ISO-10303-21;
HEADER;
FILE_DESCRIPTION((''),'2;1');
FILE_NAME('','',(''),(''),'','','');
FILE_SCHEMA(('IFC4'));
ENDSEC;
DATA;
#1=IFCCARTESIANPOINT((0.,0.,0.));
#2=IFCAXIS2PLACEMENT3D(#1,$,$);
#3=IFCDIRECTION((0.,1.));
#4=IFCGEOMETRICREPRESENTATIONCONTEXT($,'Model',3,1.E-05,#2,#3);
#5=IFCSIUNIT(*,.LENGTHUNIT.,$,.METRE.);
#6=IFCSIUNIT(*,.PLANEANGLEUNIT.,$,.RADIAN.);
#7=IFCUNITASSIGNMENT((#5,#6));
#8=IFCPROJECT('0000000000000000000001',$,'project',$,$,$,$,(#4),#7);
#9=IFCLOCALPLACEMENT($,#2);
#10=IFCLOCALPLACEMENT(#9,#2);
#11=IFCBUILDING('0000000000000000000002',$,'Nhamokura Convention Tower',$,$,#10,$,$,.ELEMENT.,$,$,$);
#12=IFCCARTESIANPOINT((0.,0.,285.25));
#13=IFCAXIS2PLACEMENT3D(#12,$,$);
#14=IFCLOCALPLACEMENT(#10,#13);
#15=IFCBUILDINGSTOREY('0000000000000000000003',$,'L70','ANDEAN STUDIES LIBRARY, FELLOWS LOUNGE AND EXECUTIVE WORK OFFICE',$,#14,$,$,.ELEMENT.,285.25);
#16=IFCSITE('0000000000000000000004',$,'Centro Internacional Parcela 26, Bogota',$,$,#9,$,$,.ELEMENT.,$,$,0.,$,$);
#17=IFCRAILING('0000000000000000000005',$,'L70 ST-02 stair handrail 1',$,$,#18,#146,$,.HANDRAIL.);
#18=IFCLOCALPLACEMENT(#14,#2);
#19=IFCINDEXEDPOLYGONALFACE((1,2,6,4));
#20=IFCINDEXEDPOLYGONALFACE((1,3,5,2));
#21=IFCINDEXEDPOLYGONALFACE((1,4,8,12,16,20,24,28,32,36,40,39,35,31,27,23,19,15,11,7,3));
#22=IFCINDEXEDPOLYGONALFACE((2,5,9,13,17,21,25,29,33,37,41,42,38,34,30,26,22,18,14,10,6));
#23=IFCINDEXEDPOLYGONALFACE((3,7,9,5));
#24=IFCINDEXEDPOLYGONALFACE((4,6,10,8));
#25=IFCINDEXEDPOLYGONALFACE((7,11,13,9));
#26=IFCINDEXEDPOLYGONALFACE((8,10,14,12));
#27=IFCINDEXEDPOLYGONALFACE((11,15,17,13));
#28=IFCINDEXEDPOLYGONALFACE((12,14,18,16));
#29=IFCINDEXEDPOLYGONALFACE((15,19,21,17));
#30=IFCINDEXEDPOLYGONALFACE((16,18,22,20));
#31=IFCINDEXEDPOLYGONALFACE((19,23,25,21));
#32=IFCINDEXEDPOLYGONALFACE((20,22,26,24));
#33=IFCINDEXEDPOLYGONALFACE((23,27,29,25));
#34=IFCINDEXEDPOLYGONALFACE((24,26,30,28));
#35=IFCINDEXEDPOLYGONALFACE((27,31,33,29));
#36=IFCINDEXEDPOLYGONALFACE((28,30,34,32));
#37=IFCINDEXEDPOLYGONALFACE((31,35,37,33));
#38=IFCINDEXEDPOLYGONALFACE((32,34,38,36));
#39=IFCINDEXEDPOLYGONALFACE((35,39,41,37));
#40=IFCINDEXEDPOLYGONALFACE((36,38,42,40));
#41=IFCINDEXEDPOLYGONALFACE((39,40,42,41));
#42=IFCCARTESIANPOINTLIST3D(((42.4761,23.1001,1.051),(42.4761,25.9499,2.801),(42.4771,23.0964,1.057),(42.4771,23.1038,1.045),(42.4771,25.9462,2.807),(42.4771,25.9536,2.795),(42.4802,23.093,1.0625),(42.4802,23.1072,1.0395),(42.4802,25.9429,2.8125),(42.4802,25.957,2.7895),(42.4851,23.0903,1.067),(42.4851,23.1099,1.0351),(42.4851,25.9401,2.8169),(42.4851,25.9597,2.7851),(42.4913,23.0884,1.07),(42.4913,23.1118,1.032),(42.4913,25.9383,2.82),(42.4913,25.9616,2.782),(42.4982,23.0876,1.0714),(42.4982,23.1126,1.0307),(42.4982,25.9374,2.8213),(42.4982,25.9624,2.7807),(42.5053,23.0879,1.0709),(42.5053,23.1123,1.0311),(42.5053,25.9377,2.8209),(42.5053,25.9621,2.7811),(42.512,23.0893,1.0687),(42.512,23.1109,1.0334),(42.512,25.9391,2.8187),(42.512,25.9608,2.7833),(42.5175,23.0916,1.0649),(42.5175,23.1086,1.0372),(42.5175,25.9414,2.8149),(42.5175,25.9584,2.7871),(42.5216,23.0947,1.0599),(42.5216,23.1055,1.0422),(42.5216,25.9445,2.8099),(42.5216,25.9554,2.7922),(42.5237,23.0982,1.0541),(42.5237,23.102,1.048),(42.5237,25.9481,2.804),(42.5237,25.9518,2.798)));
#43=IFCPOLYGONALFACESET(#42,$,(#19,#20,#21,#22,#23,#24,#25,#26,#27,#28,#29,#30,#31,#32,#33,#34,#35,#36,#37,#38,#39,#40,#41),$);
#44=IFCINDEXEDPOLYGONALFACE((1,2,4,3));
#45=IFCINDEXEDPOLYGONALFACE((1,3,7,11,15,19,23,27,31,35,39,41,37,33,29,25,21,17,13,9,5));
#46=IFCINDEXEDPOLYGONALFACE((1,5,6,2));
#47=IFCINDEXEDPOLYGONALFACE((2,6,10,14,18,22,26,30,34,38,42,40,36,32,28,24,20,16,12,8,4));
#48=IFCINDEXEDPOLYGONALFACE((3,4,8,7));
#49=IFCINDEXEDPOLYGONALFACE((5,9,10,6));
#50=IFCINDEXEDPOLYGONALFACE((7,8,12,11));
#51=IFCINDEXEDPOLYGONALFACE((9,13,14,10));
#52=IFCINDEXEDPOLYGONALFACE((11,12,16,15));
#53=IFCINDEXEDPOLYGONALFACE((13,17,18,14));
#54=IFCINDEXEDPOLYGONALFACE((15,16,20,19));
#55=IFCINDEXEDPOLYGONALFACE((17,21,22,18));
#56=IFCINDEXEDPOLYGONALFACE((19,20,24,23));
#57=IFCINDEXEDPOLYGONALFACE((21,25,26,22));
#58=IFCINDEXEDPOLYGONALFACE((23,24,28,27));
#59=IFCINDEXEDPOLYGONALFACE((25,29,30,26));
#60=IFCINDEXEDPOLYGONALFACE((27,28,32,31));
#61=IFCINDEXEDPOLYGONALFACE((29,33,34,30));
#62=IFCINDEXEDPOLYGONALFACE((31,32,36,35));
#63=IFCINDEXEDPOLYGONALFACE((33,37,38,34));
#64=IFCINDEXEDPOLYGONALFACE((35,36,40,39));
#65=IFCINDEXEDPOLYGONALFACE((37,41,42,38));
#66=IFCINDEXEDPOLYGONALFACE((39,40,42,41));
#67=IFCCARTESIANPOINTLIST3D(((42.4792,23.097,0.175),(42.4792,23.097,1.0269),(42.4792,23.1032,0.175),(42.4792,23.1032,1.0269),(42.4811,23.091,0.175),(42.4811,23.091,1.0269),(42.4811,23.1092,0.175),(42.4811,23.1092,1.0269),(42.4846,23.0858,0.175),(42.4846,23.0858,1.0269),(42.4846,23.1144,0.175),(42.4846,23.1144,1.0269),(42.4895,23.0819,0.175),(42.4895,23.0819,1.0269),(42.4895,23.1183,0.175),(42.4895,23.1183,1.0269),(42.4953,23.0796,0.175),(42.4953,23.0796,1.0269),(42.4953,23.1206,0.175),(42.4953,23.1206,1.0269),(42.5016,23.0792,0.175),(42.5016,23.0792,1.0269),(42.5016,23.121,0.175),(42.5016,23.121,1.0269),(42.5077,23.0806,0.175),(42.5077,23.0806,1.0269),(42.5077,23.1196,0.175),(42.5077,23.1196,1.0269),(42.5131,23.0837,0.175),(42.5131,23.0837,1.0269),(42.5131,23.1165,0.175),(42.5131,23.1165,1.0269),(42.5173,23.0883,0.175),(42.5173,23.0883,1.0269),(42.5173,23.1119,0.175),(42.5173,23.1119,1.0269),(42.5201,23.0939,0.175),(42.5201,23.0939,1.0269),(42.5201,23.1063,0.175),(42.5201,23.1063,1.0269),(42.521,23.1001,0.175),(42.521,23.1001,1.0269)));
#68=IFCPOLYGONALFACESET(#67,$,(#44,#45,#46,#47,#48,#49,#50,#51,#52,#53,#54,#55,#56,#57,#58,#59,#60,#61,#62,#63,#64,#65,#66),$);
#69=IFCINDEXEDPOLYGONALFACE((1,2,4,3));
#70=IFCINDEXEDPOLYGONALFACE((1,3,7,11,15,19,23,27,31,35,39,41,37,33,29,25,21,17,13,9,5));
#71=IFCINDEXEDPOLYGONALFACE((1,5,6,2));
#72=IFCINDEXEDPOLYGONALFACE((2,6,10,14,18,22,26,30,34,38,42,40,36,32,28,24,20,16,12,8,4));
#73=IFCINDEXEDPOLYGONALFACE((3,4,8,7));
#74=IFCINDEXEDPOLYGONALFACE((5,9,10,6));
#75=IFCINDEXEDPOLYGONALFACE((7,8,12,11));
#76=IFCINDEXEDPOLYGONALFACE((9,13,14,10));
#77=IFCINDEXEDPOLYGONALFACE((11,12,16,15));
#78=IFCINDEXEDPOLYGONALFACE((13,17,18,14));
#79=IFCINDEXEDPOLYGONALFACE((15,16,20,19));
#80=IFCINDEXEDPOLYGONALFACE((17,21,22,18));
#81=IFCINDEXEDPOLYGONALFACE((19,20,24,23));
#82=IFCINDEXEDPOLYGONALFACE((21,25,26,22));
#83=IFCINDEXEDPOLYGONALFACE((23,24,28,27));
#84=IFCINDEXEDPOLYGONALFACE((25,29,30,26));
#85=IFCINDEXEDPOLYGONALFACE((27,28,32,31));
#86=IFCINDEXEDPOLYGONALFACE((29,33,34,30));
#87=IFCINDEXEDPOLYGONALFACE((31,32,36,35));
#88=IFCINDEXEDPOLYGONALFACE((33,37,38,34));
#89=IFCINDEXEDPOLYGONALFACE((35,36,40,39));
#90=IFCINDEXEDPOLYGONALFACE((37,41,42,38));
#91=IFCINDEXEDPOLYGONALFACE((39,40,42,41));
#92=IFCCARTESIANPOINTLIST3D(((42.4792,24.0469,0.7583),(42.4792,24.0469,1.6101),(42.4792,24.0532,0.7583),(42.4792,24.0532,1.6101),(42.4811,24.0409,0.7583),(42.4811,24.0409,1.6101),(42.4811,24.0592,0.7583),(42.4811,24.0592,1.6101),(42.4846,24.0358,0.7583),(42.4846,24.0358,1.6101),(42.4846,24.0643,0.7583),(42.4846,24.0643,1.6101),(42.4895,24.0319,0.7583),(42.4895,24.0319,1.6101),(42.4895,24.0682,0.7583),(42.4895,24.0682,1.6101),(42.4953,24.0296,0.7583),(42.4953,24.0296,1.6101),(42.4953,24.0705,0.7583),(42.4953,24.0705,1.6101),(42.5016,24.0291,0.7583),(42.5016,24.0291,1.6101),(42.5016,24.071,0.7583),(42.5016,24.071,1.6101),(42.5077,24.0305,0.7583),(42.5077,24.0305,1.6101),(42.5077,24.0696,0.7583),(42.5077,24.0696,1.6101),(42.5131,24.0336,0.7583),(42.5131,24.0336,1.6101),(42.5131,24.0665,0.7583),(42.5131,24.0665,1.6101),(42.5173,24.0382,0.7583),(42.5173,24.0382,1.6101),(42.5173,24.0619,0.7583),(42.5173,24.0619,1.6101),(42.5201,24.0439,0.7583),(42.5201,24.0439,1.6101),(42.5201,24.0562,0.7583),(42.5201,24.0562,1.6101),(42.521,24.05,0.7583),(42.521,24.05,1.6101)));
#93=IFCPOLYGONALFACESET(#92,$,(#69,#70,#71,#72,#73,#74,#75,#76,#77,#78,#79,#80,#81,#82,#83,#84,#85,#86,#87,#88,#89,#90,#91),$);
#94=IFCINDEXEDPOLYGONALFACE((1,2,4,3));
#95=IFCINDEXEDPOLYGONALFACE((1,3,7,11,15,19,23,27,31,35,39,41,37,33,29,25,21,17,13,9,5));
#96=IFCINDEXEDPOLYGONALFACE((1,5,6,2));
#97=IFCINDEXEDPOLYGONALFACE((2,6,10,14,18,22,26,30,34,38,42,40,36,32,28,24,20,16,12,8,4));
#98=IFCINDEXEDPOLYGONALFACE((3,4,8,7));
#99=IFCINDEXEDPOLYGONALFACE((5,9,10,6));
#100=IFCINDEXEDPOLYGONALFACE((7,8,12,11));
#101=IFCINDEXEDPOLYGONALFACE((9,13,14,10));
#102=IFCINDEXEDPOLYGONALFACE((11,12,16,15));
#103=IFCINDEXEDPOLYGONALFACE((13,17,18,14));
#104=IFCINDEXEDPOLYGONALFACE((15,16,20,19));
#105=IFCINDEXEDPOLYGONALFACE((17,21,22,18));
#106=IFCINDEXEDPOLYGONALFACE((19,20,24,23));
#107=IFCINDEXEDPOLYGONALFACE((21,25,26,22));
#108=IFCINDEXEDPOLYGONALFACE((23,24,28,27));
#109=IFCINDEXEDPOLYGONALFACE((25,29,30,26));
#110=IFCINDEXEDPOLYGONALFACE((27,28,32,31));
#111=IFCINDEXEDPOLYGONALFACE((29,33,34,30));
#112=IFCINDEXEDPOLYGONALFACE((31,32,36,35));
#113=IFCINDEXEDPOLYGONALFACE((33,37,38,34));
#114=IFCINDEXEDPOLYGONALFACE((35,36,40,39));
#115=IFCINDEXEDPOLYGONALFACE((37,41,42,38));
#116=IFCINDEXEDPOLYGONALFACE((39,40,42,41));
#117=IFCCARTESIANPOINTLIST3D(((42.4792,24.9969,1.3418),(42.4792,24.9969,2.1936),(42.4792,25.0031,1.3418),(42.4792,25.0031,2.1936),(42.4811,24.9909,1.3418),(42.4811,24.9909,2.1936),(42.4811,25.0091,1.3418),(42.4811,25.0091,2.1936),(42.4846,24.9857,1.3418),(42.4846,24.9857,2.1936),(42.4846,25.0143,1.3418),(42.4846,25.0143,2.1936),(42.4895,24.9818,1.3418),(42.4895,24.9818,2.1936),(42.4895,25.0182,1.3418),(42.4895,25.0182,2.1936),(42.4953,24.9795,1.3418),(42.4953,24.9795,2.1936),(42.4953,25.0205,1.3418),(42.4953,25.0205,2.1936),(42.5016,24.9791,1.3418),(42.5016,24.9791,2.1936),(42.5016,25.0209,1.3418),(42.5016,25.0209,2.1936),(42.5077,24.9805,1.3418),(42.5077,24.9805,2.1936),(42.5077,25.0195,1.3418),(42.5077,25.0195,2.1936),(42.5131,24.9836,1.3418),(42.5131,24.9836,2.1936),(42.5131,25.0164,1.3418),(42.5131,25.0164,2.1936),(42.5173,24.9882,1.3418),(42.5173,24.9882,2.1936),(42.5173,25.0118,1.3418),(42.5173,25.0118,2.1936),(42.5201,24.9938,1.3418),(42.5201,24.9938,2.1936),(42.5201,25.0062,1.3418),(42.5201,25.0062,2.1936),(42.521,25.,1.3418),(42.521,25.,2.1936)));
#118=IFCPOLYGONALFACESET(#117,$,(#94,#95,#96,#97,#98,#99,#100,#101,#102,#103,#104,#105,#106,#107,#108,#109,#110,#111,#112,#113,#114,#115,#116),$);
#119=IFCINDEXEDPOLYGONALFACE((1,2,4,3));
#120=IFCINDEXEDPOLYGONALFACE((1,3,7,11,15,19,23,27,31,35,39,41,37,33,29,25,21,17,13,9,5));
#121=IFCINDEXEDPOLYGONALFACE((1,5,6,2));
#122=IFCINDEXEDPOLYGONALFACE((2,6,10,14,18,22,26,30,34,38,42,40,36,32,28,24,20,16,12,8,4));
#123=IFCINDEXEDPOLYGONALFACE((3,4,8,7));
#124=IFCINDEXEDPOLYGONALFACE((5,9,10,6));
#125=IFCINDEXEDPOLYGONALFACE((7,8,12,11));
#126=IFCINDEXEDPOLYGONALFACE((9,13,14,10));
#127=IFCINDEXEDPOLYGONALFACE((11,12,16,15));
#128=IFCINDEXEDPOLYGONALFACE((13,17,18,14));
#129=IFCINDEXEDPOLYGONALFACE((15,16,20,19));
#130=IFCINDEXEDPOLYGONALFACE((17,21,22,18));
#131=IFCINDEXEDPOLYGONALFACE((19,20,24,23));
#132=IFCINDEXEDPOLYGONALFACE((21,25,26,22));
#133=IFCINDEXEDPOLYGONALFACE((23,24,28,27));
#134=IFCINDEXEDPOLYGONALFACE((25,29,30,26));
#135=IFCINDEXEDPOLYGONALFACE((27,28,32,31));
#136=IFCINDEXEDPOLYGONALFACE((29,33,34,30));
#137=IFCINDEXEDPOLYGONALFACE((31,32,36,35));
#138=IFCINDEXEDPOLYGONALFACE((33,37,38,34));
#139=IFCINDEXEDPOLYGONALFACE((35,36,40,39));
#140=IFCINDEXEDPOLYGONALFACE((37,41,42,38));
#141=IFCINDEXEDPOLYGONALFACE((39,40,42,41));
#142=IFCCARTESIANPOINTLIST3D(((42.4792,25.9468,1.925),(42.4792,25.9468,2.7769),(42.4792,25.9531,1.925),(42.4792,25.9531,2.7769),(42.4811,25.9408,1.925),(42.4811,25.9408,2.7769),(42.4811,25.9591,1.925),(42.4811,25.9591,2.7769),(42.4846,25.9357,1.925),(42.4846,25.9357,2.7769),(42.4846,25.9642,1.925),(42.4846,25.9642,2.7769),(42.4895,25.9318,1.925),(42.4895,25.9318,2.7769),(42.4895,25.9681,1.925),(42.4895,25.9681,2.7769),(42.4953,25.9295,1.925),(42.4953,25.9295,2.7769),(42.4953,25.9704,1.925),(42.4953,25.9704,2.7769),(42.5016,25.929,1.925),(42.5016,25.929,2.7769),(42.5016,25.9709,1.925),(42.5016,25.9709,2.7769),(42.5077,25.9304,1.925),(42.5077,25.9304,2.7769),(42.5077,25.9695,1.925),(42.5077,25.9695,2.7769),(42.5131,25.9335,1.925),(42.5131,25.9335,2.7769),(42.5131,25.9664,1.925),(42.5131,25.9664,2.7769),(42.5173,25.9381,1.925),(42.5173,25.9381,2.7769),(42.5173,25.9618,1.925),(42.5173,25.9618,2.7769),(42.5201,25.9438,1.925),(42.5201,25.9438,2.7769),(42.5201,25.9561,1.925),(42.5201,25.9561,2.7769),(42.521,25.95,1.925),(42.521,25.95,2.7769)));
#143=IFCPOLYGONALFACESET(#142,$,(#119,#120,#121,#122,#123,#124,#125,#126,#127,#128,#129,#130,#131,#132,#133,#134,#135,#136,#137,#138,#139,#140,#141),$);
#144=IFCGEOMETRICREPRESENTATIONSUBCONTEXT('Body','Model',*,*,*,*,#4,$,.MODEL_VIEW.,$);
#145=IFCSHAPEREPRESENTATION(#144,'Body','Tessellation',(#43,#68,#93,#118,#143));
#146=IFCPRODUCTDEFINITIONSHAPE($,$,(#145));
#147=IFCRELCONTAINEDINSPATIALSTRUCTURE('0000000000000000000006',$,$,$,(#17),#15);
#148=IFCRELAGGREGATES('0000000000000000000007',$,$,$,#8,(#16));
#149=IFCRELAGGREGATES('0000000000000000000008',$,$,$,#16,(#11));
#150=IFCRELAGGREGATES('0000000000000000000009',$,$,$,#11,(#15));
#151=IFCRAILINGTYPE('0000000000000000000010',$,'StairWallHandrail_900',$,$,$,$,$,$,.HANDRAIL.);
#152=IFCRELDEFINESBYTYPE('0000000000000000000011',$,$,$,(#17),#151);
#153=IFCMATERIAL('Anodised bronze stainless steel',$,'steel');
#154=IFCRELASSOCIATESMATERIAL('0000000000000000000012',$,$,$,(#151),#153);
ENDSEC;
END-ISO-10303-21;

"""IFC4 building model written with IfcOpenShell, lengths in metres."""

from ifc_helpers import new_model, si_unit, direction, frame, origin, origin_2d, place, context, subcontext, project, spatial, circle, extrude, material, type_object, element, save


model = new_model("IFC4")

# Units and contexts
model_context = context("Model", 3, precision=1e-05, world=origin(), true_north=direction((0.0, 1.0)))
body_context = subcontext(model_context, "Body", "Model", "MODEL_VIEW")
ifc_project = project(units=[si_unit("LENGTHUNIT", "METRE"), si_unit("PLANEANGLEUNIT", "RADIAN")], contexts=[model_context])

# Site, building, storey
site_placement = place(None, origin())
site = spatial("IfcSite", under=ifc_project, at=site_placement, Name="Centro Internacional Parcela 26, Bogota", CompositionType="ELEMENT", RefElevation=0.0)
building_placement = place(site_placement, origin())
building = spatial("IfcBuilding", under=site, at=building_placement, Name="Nhamokura Convention Tower", CompositionType="ELEMENT")
storey_placement = place(building_placement, frame((0.0, 0.0, 285.25)))
storey = spatial("IfcBuildingStorey", under=building, at=storey_placement, Name="L70", Description="ANDEAN STUDIES LIBRARY, FELLOWS LOUNGE AND EXECUTIVE WORK OFFICE", CompositionType="ELEMENT", Elevation=285.25)

# Railing
ifc_material_1 = material(Name="Anodised bronze stainless steel", Category="steel")
railing_type_1 = type_object("IfcRailingType", Name="StairWallHandrail_900", PredefinedType="HANDRAIL", material=ifc_material_1)
railing_1_placement = place(storey_placement, frame((42.5, 23.1001, 0.175)))
element("IfcRailing", 1, at=railing_1_placement, inside=storey, type_object=railing_type_1, Name="L70 ST-02 stair handrail 1", PredefinedType="HANDRAIL", context=body_context, shape_type="SweptSolid", body=[
    extrude(circle(Radius=0.0239, at=origin_2d()), frame((0.0, 0.0, 0.876), z_axis=(0.0, 0.852159, 0.523283), x_axis=(-1.0, 0.0, 0.0)), (0.0, 0.0, 1.0), 3.3442),
    extrude(circle(Radius=0.021, at=origin_2d()), origin(), (0.0, 0.0, 1.0), 0.8518),
    extrude(circle(Radius=0.021, at=origin_2d()), frame((0.0, 0.95, 0.5833)), (0.0, 0.0, 1.0), 0.8518),
    extrude(circle(Radius=0.021, at=origin_2d()), frame((0.0, 1.8999, 1.1667)), (0.0, 0.0, 1.0), 0.8518),
    extrude(circle(Radius=0.021, at=origin_2d()), frame((0.0, 2.8499, 1.75)), (0.0, 0.0, 1.0), 0.8518),
])

save(model, "model.ifc")
